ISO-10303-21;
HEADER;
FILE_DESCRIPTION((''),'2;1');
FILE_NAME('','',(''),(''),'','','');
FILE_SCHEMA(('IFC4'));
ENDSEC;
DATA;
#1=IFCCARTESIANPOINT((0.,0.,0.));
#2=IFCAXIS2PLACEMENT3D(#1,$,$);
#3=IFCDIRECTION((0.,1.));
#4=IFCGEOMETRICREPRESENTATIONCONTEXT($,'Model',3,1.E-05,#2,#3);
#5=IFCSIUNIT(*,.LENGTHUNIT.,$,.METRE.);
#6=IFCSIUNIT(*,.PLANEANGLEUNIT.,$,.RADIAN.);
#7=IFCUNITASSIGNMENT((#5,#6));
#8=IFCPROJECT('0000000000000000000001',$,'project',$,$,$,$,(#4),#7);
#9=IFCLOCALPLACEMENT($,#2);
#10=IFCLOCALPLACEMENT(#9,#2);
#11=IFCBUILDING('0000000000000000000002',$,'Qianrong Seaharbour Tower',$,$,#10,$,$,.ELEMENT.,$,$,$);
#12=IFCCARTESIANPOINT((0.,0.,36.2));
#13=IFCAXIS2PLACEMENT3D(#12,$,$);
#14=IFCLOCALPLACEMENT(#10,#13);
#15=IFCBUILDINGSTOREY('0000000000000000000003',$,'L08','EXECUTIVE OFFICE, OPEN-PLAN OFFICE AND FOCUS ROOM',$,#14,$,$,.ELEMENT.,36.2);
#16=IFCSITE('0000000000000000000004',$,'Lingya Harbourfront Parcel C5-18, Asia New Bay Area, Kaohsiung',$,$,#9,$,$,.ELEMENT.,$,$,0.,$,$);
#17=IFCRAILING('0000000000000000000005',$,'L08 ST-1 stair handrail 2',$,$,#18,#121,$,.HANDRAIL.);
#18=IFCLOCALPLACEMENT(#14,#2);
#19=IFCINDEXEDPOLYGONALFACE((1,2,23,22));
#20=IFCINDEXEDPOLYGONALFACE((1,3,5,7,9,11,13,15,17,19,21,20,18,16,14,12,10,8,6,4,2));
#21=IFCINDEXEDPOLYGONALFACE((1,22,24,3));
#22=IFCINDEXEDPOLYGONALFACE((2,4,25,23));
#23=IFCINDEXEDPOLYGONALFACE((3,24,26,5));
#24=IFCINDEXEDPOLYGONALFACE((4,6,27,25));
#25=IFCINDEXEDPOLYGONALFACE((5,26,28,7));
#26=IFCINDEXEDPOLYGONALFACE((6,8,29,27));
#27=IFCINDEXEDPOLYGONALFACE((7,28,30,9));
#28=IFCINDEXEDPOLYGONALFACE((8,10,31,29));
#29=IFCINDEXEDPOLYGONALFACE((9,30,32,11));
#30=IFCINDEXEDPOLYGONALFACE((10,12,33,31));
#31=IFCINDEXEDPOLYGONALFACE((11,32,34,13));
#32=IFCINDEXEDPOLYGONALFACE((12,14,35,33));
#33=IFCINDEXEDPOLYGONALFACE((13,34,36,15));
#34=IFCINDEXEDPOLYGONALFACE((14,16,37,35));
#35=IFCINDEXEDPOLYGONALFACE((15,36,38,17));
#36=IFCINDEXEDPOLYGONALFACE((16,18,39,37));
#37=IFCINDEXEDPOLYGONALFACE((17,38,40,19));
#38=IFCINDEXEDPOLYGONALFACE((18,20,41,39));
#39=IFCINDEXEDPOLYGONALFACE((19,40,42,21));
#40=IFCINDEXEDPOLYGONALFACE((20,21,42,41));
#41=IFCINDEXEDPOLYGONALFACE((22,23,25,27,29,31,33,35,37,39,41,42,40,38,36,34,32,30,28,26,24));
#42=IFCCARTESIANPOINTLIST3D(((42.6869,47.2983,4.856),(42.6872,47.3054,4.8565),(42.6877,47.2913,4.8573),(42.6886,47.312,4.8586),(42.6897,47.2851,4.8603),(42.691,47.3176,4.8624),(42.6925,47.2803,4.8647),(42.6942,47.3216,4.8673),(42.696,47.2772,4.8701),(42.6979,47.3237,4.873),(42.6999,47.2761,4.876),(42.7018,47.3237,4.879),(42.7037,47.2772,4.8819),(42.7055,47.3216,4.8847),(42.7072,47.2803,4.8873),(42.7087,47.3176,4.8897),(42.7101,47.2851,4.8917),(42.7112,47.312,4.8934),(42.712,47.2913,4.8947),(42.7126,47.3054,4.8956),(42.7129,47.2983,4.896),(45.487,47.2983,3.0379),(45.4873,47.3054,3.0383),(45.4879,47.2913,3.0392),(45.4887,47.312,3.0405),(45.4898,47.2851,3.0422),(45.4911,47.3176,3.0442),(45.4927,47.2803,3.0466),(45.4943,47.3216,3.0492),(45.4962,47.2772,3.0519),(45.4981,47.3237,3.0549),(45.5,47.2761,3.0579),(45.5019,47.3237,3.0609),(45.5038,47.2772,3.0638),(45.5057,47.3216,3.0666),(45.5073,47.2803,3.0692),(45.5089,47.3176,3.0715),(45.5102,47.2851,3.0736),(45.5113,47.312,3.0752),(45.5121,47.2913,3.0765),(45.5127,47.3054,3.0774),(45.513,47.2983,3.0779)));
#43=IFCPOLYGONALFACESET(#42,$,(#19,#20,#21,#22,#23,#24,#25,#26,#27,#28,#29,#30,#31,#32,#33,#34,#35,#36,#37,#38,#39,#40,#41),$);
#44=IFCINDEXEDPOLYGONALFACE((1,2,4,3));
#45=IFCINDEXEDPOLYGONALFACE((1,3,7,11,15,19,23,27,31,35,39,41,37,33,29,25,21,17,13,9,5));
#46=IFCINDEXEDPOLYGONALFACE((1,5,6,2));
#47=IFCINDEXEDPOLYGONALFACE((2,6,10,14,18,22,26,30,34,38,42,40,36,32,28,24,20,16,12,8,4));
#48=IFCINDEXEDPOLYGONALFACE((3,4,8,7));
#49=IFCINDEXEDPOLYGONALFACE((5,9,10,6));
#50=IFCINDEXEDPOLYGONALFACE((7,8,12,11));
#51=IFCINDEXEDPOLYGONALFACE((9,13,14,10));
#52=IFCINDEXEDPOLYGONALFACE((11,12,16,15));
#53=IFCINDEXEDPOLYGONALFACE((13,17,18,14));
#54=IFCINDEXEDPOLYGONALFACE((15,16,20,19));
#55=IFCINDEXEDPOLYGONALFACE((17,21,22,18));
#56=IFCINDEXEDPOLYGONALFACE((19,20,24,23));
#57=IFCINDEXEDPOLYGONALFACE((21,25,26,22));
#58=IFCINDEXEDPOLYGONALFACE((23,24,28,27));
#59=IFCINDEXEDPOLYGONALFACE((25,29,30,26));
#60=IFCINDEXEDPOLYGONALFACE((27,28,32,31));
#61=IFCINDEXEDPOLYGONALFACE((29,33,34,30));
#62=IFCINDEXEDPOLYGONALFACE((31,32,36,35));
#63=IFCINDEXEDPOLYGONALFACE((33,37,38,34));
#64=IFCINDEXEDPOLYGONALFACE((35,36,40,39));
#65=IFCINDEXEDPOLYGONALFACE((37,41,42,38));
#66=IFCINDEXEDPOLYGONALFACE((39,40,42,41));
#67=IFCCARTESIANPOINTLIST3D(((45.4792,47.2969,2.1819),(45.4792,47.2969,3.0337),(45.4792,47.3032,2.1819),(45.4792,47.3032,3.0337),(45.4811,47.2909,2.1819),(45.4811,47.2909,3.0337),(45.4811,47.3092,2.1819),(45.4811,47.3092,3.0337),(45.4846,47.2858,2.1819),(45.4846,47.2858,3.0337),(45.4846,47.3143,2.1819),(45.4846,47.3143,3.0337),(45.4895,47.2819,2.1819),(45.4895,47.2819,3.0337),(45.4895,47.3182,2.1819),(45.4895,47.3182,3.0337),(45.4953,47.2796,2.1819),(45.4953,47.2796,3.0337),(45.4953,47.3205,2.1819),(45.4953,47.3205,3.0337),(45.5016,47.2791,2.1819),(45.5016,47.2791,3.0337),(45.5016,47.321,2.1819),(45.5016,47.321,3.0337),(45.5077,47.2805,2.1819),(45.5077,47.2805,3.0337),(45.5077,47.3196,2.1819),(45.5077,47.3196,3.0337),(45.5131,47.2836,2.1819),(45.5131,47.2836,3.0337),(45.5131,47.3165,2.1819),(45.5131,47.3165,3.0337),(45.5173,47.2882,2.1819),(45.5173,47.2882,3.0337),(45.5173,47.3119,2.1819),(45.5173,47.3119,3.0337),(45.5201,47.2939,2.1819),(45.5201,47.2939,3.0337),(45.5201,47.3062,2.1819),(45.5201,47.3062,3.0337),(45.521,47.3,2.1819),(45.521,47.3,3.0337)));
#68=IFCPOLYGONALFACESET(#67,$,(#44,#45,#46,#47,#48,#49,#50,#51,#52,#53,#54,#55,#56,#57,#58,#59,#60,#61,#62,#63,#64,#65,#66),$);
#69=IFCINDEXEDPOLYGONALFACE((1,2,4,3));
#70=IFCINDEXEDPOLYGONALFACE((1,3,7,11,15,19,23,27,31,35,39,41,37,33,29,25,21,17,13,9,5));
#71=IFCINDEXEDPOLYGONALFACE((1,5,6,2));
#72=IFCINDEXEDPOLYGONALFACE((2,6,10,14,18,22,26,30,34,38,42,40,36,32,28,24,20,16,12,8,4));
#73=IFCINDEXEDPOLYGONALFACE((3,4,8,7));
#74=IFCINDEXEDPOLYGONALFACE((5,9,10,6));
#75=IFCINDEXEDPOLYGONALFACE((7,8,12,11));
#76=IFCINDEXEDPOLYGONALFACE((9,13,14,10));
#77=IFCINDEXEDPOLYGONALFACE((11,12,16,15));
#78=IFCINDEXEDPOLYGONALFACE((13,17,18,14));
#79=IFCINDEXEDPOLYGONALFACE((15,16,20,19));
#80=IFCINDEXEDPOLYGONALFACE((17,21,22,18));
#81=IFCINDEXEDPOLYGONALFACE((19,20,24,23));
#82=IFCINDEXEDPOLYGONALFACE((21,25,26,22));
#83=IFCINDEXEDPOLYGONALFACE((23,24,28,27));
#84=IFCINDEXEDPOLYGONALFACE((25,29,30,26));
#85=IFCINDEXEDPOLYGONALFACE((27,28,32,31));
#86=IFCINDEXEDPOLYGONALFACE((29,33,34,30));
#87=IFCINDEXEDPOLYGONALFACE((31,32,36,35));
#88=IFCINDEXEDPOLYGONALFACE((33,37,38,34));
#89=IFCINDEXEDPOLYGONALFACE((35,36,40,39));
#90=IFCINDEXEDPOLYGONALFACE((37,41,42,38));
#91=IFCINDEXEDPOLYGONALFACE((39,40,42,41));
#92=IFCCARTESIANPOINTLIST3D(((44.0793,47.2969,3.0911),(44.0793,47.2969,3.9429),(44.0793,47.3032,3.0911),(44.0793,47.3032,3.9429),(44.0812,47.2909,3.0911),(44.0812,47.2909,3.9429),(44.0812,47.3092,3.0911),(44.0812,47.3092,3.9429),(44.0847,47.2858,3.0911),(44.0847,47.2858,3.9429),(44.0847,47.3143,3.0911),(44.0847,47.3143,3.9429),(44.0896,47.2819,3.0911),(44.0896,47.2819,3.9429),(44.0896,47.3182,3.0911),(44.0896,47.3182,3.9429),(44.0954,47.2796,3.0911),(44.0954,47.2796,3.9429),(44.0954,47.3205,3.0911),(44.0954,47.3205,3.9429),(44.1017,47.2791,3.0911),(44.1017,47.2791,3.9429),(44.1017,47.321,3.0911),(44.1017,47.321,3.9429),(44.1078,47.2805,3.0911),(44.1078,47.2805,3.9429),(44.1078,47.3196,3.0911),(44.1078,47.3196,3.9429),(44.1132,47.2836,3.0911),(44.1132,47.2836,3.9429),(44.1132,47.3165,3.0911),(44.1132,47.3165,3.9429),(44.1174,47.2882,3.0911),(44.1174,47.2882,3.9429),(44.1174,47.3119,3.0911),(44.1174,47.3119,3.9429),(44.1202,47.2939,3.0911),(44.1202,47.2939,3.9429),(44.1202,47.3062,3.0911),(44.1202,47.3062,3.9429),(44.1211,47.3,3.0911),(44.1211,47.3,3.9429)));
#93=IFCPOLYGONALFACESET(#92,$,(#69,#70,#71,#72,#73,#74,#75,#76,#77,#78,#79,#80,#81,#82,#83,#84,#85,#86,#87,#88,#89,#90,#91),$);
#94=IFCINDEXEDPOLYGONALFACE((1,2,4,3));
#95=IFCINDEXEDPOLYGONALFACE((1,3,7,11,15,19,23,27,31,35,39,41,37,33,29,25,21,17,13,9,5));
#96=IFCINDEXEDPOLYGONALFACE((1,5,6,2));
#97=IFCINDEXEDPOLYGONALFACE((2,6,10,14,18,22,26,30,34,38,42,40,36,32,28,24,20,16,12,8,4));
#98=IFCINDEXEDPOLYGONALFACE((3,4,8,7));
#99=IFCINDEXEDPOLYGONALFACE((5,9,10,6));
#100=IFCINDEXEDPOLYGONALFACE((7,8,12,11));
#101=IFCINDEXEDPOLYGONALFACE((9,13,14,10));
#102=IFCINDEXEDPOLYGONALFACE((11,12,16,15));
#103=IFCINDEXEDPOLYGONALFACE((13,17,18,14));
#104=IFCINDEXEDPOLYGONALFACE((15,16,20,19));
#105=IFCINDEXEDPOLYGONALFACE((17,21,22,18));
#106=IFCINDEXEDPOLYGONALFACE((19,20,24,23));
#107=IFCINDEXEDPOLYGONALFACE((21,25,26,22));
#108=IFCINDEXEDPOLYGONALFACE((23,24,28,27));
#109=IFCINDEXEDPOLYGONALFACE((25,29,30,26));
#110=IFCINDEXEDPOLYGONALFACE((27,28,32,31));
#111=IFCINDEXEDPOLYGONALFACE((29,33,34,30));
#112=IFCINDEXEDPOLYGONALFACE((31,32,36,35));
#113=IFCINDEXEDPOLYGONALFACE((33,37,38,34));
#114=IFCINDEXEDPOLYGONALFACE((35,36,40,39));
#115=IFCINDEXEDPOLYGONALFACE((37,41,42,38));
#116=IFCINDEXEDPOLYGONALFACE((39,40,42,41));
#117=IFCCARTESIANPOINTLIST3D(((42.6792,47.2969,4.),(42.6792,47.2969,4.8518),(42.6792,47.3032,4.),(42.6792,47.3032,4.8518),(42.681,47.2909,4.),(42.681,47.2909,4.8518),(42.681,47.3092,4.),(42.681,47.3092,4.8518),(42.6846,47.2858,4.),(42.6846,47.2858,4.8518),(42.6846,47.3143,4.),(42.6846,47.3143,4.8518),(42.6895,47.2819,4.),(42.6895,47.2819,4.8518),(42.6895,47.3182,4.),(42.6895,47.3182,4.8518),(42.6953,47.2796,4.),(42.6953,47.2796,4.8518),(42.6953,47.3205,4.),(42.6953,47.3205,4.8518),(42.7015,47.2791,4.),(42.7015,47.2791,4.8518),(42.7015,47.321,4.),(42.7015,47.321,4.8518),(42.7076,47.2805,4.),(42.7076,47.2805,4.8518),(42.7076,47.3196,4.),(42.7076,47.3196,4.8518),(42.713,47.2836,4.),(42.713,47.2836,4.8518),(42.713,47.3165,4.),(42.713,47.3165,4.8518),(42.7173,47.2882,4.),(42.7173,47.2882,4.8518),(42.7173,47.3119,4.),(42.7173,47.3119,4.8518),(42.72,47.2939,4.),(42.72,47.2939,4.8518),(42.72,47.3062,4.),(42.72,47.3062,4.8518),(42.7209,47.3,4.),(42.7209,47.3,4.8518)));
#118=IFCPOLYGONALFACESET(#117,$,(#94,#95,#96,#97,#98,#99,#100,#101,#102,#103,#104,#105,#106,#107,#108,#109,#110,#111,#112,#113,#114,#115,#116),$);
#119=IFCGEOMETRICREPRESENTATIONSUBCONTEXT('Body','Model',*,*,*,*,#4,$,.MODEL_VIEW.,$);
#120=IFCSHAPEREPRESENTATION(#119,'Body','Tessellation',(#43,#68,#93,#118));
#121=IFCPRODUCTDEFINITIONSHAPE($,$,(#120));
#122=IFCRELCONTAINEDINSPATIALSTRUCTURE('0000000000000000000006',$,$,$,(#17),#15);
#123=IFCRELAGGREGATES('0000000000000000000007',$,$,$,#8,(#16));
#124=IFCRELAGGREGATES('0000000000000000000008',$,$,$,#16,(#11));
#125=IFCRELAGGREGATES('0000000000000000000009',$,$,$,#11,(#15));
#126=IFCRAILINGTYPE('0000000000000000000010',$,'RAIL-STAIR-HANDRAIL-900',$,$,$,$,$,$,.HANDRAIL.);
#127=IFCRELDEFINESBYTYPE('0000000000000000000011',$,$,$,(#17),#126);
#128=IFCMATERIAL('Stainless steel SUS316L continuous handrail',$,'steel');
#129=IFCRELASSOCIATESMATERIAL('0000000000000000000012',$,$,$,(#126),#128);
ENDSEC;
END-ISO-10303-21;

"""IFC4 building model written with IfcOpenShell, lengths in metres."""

from ifc_helpers import new_model, si_unit, direction, frame, origin, origin_2d, place, context, subcontext, project, spatial, circle, extrude, material, type_object, element, save


model = new_model("IFC4")

# Units and contexts
model_context = context("Model", 3, precision=1e-05, world=origin(), true_north=direction((0.0, 1.0)))
body_context = subcontext(model_context, "Body", "Model", "MODEL_VIEW")
ifc_project = project(units=[si_unit("LENGTHUNIT", "METRE"), si_unit("PLANEANGLEUNIT", "RADIAN")], contexts=[model_context])

# Site, building, storey
site_placement = place(None, origin())
site = spatial("IfcSite", under=ifc_project, at=site_placement, Name="Lingya Harbourfront Parcel C5-18, Asia New Bay Area, Kaohsiung", CompositionType="ELEMENT", RefElevation=0.0)
building_placement = place(site_placement, origin())
building = spatial("IfcBuilding", under=site, at=building_placement, Name="Qianrong Seaharbour Tower", CompositionType="ELEMENT")
storey_placement = place(building_placement, frame((0.0, 0.0, 36.2)))
storey = spatial("IfcBuildingStorey", under=building, at=storey_placement, Name="L08", Description="EXECUTIVE OFFICE, OPEN-PLAN OFFICE AND FOCUS ROOM", CompositionType="ELEMENT", Elevation=36.2)

# Railing
ifc_material_1 = material(Name="Stainless steel SUS316L continuous handrail", Category="steel")
railing_type_1 = type_object("IfcRailingType", Name="RAIL-STAIR-HANDRAIL-900", PredefinedType="HANDRAIL", material=ifc_material_1)
railing_1_placement = place(storey_placement, frame((45.5, 47.3, 2.1819)))
element("IfcRailing", 1, at=railing_1_placement, inside=storey, type_object=railing_type_1, Name="L08 ST-1 stair handrail 2", PredefinedType="HANDRAIL", context=body_context, shape_type="SweptSolid", body=[
    extrude(circle(Radius=0.0239, at=origin_2d()), frame((0.0, 0.0, 0.876), z_axis=(-0.838706, 0.0, 0.544585), x_axis=(0.0, -1.0, 0.0)), (0.0, 0.0, 1.0), 3.3386),
    extrude(circle(Radius=0.021, at=origin_2d()), origin(), (0.0, 0.0, 1.0), 0.8518),
    extrude(circle(Radius=0.021, at=origin_2d()), frame((-1.3999, 0.0, 0.9092)), (0.0, 0.0, 1.0), 0.8518),
    extrude(circle(Radius=0.021, at=origin_2d()), frame((-2.8, 0.0, 1.8181)), (0.0, 0.0, 1.0), 0.8518),
])

save(model, "model.ifc")
